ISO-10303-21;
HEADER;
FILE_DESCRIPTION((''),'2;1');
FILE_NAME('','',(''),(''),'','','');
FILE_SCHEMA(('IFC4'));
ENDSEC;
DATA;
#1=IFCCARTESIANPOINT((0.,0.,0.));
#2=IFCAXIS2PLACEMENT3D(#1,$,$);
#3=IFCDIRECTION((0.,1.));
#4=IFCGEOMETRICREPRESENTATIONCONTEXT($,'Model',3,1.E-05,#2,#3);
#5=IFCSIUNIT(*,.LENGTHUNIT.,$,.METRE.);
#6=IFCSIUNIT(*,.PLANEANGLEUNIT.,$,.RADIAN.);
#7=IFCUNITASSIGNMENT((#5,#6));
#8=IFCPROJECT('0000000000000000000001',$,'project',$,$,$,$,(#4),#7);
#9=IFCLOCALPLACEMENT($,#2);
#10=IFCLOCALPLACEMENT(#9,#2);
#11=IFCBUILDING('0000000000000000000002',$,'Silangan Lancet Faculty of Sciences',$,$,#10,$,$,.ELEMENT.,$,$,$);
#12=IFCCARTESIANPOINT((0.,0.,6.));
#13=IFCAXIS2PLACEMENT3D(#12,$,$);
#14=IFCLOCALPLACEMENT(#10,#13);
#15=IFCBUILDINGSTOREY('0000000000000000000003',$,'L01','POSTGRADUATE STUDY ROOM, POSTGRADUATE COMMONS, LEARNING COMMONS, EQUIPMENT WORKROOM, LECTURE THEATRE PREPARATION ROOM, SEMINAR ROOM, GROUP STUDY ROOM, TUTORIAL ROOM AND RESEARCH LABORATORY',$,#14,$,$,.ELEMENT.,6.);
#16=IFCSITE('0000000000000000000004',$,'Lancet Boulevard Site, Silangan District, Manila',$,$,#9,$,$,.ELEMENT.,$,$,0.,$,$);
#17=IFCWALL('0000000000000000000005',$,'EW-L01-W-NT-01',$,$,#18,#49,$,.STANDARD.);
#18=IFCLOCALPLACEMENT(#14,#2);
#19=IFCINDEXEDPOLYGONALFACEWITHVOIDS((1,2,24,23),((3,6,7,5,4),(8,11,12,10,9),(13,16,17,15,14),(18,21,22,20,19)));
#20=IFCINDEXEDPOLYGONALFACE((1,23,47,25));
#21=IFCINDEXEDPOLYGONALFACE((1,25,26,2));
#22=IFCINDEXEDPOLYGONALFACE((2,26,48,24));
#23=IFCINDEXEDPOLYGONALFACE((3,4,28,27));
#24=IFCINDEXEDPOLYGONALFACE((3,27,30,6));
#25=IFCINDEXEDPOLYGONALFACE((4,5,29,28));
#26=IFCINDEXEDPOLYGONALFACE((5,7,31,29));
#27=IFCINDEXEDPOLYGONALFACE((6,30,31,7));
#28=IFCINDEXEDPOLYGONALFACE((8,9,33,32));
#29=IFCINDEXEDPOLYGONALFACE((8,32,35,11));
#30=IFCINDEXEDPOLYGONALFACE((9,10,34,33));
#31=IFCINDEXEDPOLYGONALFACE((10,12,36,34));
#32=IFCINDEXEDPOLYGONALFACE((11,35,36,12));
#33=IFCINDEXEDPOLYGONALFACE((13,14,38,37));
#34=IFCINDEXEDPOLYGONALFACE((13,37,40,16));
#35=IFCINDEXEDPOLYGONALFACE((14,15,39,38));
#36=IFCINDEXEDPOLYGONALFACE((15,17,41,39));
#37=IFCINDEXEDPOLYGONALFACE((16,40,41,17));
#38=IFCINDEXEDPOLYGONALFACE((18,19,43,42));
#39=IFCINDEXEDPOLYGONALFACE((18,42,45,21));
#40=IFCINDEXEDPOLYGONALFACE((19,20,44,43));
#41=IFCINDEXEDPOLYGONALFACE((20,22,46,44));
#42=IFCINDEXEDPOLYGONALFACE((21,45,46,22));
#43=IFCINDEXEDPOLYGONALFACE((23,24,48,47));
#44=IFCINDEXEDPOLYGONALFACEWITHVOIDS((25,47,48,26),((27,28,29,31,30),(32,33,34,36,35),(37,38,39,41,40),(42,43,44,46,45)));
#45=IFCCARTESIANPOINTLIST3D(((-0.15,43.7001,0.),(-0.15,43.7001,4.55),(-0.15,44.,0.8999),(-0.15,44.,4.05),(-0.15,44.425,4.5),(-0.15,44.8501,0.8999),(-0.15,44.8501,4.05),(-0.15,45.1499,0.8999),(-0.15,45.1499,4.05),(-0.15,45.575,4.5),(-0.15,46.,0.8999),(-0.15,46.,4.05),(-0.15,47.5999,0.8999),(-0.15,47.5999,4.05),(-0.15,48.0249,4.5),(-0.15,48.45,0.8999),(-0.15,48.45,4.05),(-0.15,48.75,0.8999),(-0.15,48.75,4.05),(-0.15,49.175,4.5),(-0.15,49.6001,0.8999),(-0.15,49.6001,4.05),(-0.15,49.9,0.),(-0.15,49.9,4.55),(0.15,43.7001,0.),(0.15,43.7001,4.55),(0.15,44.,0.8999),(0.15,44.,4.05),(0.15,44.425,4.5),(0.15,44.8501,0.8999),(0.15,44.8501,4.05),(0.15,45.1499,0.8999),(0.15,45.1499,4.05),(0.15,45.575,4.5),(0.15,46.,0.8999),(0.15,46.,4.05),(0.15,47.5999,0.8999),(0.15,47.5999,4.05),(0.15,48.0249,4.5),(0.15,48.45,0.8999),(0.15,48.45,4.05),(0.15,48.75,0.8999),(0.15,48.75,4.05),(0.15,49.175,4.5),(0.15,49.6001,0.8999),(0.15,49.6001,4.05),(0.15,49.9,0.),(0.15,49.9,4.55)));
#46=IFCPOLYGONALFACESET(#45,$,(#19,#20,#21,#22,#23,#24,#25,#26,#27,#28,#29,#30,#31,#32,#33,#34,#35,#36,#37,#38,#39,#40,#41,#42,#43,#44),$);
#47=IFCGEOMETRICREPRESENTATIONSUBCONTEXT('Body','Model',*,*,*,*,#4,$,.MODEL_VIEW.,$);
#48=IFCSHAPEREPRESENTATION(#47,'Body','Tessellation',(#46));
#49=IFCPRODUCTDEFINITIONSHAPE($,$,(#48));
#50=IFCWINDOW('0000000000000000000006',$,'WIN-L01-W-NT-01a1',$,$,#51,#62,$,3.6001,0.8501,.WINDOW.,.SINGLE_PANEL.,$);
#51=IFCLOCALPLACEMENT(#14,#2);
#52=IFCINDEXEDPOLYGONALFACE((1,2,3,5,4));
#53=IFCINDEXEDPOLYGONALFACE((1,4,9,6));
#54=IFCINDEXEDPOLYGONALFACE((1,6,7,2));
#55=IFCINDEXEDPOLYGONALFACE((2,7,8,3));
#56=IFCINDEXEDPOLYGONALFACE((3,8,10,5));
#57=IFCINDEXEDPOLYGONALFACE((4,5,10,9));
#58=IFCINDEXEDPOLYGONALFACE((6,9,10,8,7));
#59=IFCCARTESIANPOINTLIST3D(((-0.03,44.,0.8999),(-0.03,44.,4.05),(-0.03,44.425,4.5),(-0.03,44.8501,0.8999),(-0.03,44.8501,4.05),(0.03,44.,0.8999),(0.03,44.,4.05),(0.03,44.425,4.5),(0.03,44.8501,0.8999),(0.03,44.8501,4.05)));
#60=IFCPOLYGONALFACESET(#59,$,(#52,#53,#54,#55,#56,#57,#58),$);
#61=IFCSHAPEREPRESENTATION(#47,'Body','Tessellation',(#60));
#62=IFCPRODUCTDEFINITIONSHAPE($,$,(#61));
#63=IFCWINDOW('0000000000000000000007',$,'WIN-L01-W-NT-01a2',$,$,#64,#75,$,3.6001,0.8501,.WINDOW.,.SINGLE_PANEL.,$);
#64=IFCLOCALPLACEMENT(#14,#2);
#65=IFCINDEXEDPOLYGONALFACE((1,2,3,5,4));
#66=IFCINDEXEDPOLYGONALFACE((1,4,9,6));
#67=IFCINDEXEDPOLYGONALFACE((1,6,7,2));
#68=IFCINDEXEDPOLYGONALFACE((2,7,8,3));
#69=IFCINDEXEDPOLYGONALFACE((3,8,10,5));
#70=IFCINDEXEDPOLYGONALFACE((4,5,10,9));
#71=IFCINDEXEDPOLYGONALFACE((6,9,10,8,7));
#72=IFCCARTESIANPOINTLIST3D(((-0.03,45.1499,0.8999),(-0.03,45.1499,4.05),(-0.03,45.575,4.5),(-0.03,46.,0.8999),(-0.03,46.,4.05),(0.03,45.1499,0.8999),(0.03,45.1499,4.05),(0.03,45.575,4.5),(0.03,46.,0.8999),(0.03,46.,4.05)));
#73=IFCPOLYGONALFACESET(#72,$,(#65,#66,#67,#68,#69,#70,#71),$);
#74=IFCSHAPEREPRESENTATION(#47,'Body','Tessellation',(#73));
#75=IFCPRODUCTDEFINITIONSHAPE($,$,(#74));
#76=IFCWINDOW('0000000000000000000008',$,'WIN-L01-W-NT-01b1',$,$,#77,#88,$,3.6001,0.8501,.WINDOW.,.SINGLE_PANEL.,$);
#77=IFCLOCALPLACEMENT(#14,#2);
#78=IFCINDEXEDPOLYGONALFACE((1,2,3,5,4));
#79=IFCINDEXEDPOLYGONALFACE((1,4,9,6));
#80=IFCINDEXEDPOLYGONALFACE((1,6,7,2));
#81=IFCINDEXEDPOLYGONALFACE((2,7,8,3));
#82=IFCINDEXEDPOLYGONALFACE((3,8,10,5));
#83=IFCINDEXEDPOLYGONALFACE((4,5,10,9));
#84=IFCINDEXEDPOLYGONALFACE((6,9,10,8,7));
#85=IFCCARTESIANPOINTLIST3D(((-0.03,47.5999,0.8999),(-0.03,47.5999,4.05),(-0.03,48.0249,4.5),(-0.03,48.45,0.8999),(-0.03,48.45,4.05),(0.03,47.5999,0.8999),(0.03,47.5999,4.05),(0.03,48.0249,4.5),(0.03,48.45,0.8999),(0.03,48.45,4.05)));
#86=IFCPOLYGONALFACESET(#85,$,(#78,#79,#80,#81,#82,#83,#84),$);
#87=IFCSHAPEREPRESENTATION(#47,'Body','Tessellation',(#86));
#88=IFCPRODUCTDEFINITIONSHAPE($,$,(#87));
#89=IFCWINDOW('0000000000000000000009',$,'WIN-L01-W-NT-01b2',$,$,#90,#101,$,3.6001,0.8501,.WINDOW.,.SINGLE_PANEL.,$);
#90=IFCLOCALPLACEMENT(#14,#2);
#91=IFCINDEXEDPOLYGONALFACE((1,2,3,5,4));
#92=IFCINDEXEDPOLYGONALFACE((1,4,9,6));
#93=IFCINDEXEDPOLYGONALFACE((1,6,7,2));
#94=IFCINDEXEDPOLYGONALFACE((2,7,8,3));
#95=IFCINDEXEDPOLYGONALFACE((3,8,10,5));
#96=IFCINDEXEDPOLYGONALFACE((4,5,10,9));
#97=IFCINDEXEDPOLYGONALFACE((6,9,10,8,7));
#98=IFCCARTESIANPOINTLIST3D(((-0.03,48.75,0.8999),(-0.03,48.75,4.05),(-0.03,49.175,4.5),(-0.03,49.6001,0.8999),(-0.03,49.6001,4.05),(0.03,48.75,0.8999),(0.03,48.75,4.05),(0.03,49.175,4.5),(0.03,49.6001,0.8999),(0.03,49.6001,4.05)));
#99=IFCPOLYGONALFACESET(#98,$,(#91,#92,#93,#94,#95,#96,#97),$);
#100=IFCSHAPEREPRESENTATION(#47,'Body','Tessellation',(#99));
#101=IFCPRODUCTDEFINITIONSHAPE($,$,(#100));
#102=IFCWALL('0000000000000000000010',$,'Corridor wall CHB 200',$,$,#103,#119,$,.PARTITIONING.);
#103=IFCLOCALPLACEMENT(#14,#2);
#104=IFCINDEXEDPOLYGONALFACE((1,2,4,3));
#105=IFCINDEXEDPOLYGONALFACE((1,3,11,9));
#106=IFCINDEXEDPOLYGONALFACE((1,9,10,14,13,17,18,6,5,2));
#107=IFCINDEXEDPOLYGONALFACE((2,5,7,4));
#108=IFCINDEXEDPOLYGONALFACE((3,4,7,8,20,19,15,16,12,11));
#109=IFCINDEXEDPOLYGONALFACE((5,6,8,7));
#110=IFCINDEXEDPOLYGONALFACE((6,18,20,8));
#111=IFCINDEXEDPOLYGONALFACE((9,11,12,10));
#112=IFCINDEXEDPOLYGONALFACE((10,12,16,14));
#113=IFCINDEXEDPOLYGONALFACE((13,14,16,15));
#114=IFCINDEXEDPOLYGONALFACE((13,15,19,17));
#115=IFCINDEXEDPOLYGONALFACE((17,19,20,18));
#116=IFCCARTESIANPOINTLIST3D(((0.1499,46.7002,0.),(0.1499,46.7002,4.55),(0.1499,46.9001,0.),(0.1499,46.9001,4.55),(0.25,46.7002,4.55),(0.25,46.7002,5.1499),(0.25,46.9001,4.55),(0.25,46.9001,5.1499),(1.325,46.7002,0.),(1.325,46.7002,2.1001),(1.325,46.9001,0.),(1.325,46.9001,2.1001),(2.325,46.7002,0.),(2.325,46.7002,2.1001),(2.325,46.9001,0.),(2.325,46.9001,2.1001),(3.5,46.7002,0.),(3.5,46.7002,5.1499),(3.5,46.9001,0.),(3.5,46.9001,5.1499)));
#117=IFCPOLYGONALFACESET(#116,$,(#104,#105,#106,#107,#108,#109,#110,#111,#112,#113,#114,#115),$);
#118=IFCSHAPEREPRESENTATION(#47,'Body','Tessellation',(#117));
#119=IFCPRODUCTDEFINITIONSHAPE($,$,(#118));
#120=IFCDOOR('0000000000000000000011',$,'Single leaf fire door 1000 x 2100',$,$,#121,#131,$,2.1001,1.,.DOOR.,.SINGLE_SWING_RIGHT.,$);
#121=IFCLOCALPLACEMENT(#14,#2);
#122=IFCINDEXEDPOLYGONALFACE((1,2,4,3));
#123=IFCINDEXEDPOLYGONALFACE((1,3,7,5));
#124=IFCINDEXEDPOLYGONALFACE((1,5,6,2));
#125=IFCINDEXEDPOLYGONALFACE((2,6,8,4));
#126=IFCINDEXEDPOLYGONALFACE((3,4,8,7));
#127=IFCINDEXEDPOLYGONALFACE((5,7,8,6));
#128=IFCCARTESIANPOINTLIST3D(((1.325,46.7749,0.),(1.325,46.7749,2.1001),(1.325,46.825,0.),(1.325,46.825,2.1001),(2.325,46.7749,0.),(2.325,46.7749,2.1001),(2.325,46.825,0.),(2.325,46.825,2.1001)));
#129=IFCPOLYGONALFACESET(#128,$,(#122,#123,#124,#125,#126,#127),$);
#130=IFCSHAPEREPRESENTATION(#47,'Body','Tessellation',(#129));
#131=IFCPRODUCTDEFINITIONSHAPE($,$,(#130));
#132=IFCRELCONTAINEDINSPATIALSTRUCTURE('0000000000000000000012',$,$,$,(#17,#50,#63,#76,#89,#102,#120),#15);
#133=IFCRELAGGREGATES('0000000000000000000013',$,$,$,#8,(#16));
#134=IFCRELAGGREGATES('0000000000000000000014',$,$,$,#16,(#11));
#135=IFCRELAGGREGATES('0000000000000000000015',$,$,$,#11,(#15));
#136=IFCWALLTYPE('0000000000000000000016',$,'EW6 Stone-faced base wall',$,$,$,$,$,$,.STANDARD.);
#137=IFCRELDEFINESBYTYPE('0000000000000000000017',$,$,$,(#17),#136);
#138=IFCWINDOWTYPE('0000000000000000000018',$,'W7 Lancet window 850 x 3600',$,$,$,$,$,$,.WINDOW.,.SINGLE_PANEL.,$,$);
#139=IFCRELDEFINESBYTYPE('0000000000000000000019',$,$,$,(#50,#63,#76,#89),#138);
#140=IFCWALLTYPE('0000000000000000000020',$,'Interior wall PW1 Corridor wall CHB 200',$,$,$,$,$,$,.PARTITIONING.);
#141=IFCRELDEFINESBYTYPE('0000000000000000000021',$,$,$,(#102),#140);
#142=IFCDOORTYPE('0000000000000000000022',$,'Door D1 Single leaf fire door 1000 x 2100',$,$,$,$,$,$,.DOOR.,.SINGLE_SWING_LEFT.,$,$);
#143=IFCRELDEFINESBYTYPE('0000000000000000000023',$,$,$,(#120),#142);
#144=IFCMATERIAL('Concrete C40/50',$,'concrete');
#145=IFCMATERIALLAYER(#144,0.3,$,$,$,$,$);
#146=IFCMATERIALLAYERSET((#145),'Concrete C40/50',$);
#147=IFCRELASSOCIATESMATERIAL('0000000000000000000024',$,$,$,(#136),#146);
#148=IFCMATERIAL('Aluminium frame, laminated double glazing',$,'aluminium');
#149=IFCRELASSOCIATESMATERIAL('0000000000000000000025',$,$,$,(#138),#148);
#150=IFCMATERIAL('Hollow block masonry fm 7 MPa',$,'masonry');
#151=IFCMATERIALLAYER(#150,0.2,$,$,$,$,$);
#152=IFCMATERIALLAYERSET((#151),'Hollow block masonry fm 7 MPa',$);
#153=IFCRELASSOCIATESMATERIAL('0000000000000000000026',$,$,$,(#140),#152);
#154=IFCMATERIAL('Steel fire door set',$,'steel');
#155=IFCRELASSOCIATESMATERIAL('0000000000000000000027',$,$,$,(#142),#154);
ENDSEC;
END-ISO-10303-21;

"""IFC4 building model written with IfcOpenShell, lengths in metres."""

from ifc_helpers import new_model, si_unit, direction, frame, frame_2d, origin, place, context, subcontext, project, spatial, polyline, rectangle, outline, extrude, material, layer, layer_set, type_object, element, fill, save


model = new_model("IFC4")

# Units and contexts
model_context = context("Model", 3, precision=1e-05, world=origin(), true_north=direction((0.0, 1.0)))
body_context = subcontext(model_context, "Body", "Model", "MODEL_VIEW")
ifc_project = project(units=[si_unit("LENGTHUNIT", "METRE"), si_unit("PLANEANGLEUNIT", "RADIAN")], contexts=[model_context])

# Site, building, storey
site_placement = place(None, origin())
site = spatial("IfcSite", under=ifc_project, at=site_placement, Name="Lancet Boulevard Site, Silangan District, Manila", CompositionType="ELEMENT", RefElevation=0.0)
building_placement = place(site_placement, origin())
building = spatial("IfcBuilding", under=site, at=building_placement, Name="Silangan Lancet Faculty of Sciences", CompositionType="ELEMENT")
storey_placement = place(building_placement, frame((0.0, 0.0, 6.0)))
storey = spatial("IfcBuildingStorey", under=building, at=storey_placement, Name="L01", Description="POSTGRADUATE STUDY ROOM, POSTGRADUATE COMMONS, LEARNING COMMONS, EQUIPMENT WORKROOM, LECTURE THEATRE PREPARATION ROOM, SEMINAR ROOM, GROUP STUDY ROOM, TUTORIAL ROOM AND RESEARCH LABORATORY", CompositionType="ELEMENT", Elevation=6.0)

# Wall, openings, windows
ifc_material_1 = material(Name="Concrete C40/50", Category="concrete")
ifc_layer_1 = layer(ifc_material_1, 0.3)
ifc_layer_set_1 = layer_set([ifc_layer_1], Name="Concrete C40/50")
wall_type_1 = type_object("IfcWallType", Name="EW6 Stone-faced base wall", PredefinedType="STANDARD", material=ifc_layer_set_1)
wall_1_placement = place(storey_placement, frame((0.0, 43.7, 0.0), z_axis=(0.0, 0.0, 1.0), x_axis=(0.0, 1.0, 0.0)))
wall_1 = element("IfcWall", 1, at=wall_1_placement, inside=storey, type_object=wall_type_1, Name="EW-L01-W-NT-01", PredefinedType="STANDARD", context=body_context, shape_type="SweptSolid", body=[
    extrude(rectangle(XDim=6.2, YDim=0.3, at=frame_2d((3.1001, 0.0))), origin(), (0.0, 0.0, 1.0), 4.55),
])
opening_1_placement = place(wall_1_placement, frame((0.3, 0.0, 0.8999)))
opening_1 = element("IfcOpeningElement", 2, at=opening_1_placement, cuts=wall_1, PredefinedType="OPENING", context=body_context, shape_type="SweptSolid", body=[
    extrude(outline(polyline([(0.0, 0.0), (0.8501, 0.0), (0.8501, 3.1501), (0.425, 3.6001), (0.0, 3.1501), (0.0, 0.0)])), frame((0.0, 0.1599, 0.0), z_axis=(0.0, -1.0, 0.0), x_axis=(1.0, 0.0, 0.0)), (0.0, 0.0, 1.0), 0.3201),
])
opening_2_placement = place(wall_1_placement, frame((1.45, 0.0, 0.8999)))
opening_2 = element("IfcOpeningElement", 3, at=opening_2_placement, cuts=wall_1, PredefinedType="OPENING", context=body_context, shape_type="SweptSolid", body=[
    extrude(outline(polyline([(0.0, 0.0), (0.8501, 0.0), (0.8501, 3.1501), (0.425, 3.6001), (0.0, 3.1501), (0.0, 0.0)])), frame((0.0, 0.1599, 0.0), z_axis=(0.0, -1.0, 0.0), x_axis=(1.0, 0.0, 0.0)), (0.0, 0.0, 1.0), 0.3201),
])
opening_3_placement = place(wall_1_placement, frame((3.8999, 0.0, 0.8999)))
opening_3 = element("IfcOpeningElement", 4, at=opening_3_placement, cuts=wall_1, PredefinedType="OPENING", context=body_context, shape_type="SweptSolid", body=[
    extrude(outline(polyline([(0.0, 0.0), (0.8501, 0.0), (0.8501, 3.1501), (0.425, 3.6001), (0.0, 3.1501), (0.0, 0.0)])), frame((0.0, 0.1599, 0.0), z_axis=(0.0, -1.0, 0.0), x_axis=(1.0, 0.0, 0.0)), (0.0, 0.0, 1.0), 0.3201),
])
opening_4_placement = place(wall_1_placement, frame((5.05, 0.0, 0.8999)))
opening_4 = element("IfcOpeningElement", 5, at=opening_4_placement, cuts=wall_1, PredefinedType="OPENING", context=body_context, shape_type="SweptSolid", body=[
    extrude(outline(polyline([(0.0, 0.0), (0.8501, 0.0), (0.8501, 3.1501), (0.425, 3.6001), (0.0, 3.1501), (0.0, 0.0)])), frame((0.0, 0.1599, 0.0), z_axis=(0.0, -1.0, 0.0), x_axis=(1.0, 0.0, 0.0)), (0.0, 0.0, 1.0), 0.3201),
])
ifc_material_2 = material(Name="Aluminium frame, laminated double glazing", Category="aluminium")
window_type_1 = type_object("IfcWindowType", Name="W7 Lancet window 850 x 3600", PartitioningType="SINGLE_PANEL", PredefinedType="WINDOW", material=ifc_material_2)
window_1_placement = place(opening_1_placement, origin())
window_1 = element("IfcWindow", 6, at=window_1_placement, inside=storey, type_object=window_type_1, Name="WIN-L01-W-NT-01a1", OverallHeight=3.6001, OverallWidth=0.8501, PartitioningType="SINGLE_PANEL", PredefinedType="WINDOW", context=body_context, shape_type="SweptSolid", body=[
    extrude(outline(polyline([(0.0, 0.0), (0.8501, 0.0), (0.8501, 3.1501), (0.425, 3.6001), (0.0, 3.1501), (0.0, 0.0)])), frame((0.0, 0.03, 0.0), z_axis=(0.0, -1.0, 0.0), x_axis=(1.0, 0.0, 0.0)), (0.0, 0.0, 1.0), 0.0601),
])
fill(opening_1, window_1)
window_2_placement = place(opening_2_placement, origin())
window_2 = element("IfcWindow", 7, at=window_2_placement, inside=storey, type_object=window_type_1, Name="WIN-L01-W-NT-01a2", OverallHeight=3.6001, OverallWidth=0.8501, PartitioningType="SINGLE_PANEL", PredefinedType="WINDOW", context=body_context, shape_type="SweptSolid", body=[
    extrude(outline(polyline([(0.0, 0.0), (0.8501, 0.0), (0.8501, 3.1501), (0.425, 3.6001), (0.0, 3.1501), (0.0, 0.0)])), frame((0.0, 0.03, 0.0), z_axis=(0.0, -1.0, 0.0), x_axis=(1.0, 0.0, 0.0)), (0.0, 0.0, 1.0), 0.0601),
])
fill(opening_2, window_2)
window_3_placement = place(opening_3_placement, origin())
window_3 = element("IfcWindow", 8, at=window_3_placement, inside=storey, type_object=window_type_1, Name="WIN-L01-W-NT-01b1", OverallHeight=3.6001, OverallWidth=0.8501, PartitioningType="SINGLE_PANEL", PredefinedType="WINDOW", context=body_context, shape_type="SweptSolid", body=[
    extrude(outline(polyline([(0.0, 0.0), (0.8501, 0.0), (0.8501, 3.1501), (0.425, 3.6001), (0.0, 3.1501), (0.0, 0.0)])), frame((0.0, 0.03, 0.0), z_axis=(0.0, -1.0, 0.0), x_axis=(1.0, 0.0, 0.0)), (0.0, 0.0, 1.0), 0.0601),
])
fill(opening_3, window_3)
window_4_placement = place(opening_4_placement, origin())
window_4 = element("IfcWindow", 9, at=window_4_placement, inside=storey, type_object=window_type_1, Name="WIN-L01-W-NT-01b2", OverallHeight=3.6001, OverallWidth=0.8501, PartitioningType="SINGLE_PANEL", PredefinedType="WINDOW", context=body_context, shape_type="SweptSolid", body=[
    extrude(outline(polyline([(0.0, 0.0), (0.8501, 0.0), (0.8501, 3.1501), (0.425, 3.6001), (0.0, 3.1501), (0.0, 0.0)])), frame((0.0, 0.03, 0.0), z_axis=(0.0, -1.0, 0.0), x_axis=(1.0, 0.0, 0.0)), (0.0, 0.0, 1.0), 0.0601),
])
fill(opening_4, window_4)

# Wall, opening, door
ifc_material_3 = material(Name="Hollow block masonry fm 7 MPa", Category="masonry")
ifc_layer_2 = layer(ifc_material_3, 0.2)
ifc_layer_set_2 = layer_set([ifc_layer_2], Name="Hollow block masonry fm 7 MPa")
wall_type_2 = type_object("IfcWallType", Name="Interior wall PW1 Corridor wall CHB 200", PredefinedType="PARTITIONING", material=ifc_layer_set_2)
wall_2_placement = place(storey_placement, frame((0.1499, 46.8, 0.0), z_axis=(0.0, 0.0, 1.0), x_axis=(1.0, 0.0, 0.0)))
wall_2 = element("IfcWall", 10, at=wall_2_placement, inside=storey, type_object=wall_type_2, Name="Corridor wall CHB 200", PredefinedType="PARTITIONING", context=body_context, shape_type="SweptSolid", body=[
    extrude(outline(polyline([(0.0, 0.0), (3.3501, 0.0), (3.3501, 5.1499), (0.1001, 5.1499), (0.1001, 4.55), (0.0, 4.55), (0.0, 0.0)])), frame((0.0, 0.1001, 0.0), z_axis=(0.0, -1.0, 0.0), x_axis=(1.0, 0.0, 0.0)), (0.0, 0.0, 1.0), 0.2),
])
opening_5_placement = place(wall_2_placement, frame((1.175, 0.0, 0.0)))
opening_5 = element("IfcOpeningElement", 11, at=opening_5_placement, cuts=wall_2, PredefinedType="OPENING", context=body_context, shape_type="SweptSolid", body=[
    extrude(rectangle(XDim=1.0, YDim=2.1001, at=frame_2d((0.5, 1.05))), frame((0.0, 0.1099, 0.0), z_axis=(0.0, -1.0, 0.0), x_axis=(1.0, 0.0, 0.0)), (0.0, 0.0, 1.0), 0.22),
])
ifc_material_4 = material(Name="Steel fire door set", Category="steel")
door_type_1 = type_object("IfcDoorType", Name="Door D1 Single leaf fire door 1000 x 2100", OperationType="SINGLE_SWING_LEFT", PredefinedType="DOOR", material=ifc_material_4)
door_1_placement = place(opening_5_placement, frame((1.0, 0.0, 0.0), z_axis=(0.0, 0.0, 1.0), x_axis=(-1.0, 0.0, 0.0)))
door_1 = element("IfcDoor", 12, at=door_1_placement, inside=storey, type_object=door_type_1, Name="Single leaf fire door 1000 x 2100", OperationType="SINGLE_SWING_RIGHT", OverallHeight=2.1001, OverallWidth=1.0, PredefinedType="DOOR", context=body_context, shape_type="SweptSolid", body=[
    extrude(rectangle(XDim=1.0, YDim=2.1001, at=frame_2d((0.5, 1.05))), frame((0.0, 0.0251, 0.0), z_axis=(0.0, -1.0, 0.0), x_axis=(1.0, 0.0, 0.0)), (0.0, 0.0, 1.0), 0.05),
])
fill(opening_5, door_1)

save(model, "model.ifc")
